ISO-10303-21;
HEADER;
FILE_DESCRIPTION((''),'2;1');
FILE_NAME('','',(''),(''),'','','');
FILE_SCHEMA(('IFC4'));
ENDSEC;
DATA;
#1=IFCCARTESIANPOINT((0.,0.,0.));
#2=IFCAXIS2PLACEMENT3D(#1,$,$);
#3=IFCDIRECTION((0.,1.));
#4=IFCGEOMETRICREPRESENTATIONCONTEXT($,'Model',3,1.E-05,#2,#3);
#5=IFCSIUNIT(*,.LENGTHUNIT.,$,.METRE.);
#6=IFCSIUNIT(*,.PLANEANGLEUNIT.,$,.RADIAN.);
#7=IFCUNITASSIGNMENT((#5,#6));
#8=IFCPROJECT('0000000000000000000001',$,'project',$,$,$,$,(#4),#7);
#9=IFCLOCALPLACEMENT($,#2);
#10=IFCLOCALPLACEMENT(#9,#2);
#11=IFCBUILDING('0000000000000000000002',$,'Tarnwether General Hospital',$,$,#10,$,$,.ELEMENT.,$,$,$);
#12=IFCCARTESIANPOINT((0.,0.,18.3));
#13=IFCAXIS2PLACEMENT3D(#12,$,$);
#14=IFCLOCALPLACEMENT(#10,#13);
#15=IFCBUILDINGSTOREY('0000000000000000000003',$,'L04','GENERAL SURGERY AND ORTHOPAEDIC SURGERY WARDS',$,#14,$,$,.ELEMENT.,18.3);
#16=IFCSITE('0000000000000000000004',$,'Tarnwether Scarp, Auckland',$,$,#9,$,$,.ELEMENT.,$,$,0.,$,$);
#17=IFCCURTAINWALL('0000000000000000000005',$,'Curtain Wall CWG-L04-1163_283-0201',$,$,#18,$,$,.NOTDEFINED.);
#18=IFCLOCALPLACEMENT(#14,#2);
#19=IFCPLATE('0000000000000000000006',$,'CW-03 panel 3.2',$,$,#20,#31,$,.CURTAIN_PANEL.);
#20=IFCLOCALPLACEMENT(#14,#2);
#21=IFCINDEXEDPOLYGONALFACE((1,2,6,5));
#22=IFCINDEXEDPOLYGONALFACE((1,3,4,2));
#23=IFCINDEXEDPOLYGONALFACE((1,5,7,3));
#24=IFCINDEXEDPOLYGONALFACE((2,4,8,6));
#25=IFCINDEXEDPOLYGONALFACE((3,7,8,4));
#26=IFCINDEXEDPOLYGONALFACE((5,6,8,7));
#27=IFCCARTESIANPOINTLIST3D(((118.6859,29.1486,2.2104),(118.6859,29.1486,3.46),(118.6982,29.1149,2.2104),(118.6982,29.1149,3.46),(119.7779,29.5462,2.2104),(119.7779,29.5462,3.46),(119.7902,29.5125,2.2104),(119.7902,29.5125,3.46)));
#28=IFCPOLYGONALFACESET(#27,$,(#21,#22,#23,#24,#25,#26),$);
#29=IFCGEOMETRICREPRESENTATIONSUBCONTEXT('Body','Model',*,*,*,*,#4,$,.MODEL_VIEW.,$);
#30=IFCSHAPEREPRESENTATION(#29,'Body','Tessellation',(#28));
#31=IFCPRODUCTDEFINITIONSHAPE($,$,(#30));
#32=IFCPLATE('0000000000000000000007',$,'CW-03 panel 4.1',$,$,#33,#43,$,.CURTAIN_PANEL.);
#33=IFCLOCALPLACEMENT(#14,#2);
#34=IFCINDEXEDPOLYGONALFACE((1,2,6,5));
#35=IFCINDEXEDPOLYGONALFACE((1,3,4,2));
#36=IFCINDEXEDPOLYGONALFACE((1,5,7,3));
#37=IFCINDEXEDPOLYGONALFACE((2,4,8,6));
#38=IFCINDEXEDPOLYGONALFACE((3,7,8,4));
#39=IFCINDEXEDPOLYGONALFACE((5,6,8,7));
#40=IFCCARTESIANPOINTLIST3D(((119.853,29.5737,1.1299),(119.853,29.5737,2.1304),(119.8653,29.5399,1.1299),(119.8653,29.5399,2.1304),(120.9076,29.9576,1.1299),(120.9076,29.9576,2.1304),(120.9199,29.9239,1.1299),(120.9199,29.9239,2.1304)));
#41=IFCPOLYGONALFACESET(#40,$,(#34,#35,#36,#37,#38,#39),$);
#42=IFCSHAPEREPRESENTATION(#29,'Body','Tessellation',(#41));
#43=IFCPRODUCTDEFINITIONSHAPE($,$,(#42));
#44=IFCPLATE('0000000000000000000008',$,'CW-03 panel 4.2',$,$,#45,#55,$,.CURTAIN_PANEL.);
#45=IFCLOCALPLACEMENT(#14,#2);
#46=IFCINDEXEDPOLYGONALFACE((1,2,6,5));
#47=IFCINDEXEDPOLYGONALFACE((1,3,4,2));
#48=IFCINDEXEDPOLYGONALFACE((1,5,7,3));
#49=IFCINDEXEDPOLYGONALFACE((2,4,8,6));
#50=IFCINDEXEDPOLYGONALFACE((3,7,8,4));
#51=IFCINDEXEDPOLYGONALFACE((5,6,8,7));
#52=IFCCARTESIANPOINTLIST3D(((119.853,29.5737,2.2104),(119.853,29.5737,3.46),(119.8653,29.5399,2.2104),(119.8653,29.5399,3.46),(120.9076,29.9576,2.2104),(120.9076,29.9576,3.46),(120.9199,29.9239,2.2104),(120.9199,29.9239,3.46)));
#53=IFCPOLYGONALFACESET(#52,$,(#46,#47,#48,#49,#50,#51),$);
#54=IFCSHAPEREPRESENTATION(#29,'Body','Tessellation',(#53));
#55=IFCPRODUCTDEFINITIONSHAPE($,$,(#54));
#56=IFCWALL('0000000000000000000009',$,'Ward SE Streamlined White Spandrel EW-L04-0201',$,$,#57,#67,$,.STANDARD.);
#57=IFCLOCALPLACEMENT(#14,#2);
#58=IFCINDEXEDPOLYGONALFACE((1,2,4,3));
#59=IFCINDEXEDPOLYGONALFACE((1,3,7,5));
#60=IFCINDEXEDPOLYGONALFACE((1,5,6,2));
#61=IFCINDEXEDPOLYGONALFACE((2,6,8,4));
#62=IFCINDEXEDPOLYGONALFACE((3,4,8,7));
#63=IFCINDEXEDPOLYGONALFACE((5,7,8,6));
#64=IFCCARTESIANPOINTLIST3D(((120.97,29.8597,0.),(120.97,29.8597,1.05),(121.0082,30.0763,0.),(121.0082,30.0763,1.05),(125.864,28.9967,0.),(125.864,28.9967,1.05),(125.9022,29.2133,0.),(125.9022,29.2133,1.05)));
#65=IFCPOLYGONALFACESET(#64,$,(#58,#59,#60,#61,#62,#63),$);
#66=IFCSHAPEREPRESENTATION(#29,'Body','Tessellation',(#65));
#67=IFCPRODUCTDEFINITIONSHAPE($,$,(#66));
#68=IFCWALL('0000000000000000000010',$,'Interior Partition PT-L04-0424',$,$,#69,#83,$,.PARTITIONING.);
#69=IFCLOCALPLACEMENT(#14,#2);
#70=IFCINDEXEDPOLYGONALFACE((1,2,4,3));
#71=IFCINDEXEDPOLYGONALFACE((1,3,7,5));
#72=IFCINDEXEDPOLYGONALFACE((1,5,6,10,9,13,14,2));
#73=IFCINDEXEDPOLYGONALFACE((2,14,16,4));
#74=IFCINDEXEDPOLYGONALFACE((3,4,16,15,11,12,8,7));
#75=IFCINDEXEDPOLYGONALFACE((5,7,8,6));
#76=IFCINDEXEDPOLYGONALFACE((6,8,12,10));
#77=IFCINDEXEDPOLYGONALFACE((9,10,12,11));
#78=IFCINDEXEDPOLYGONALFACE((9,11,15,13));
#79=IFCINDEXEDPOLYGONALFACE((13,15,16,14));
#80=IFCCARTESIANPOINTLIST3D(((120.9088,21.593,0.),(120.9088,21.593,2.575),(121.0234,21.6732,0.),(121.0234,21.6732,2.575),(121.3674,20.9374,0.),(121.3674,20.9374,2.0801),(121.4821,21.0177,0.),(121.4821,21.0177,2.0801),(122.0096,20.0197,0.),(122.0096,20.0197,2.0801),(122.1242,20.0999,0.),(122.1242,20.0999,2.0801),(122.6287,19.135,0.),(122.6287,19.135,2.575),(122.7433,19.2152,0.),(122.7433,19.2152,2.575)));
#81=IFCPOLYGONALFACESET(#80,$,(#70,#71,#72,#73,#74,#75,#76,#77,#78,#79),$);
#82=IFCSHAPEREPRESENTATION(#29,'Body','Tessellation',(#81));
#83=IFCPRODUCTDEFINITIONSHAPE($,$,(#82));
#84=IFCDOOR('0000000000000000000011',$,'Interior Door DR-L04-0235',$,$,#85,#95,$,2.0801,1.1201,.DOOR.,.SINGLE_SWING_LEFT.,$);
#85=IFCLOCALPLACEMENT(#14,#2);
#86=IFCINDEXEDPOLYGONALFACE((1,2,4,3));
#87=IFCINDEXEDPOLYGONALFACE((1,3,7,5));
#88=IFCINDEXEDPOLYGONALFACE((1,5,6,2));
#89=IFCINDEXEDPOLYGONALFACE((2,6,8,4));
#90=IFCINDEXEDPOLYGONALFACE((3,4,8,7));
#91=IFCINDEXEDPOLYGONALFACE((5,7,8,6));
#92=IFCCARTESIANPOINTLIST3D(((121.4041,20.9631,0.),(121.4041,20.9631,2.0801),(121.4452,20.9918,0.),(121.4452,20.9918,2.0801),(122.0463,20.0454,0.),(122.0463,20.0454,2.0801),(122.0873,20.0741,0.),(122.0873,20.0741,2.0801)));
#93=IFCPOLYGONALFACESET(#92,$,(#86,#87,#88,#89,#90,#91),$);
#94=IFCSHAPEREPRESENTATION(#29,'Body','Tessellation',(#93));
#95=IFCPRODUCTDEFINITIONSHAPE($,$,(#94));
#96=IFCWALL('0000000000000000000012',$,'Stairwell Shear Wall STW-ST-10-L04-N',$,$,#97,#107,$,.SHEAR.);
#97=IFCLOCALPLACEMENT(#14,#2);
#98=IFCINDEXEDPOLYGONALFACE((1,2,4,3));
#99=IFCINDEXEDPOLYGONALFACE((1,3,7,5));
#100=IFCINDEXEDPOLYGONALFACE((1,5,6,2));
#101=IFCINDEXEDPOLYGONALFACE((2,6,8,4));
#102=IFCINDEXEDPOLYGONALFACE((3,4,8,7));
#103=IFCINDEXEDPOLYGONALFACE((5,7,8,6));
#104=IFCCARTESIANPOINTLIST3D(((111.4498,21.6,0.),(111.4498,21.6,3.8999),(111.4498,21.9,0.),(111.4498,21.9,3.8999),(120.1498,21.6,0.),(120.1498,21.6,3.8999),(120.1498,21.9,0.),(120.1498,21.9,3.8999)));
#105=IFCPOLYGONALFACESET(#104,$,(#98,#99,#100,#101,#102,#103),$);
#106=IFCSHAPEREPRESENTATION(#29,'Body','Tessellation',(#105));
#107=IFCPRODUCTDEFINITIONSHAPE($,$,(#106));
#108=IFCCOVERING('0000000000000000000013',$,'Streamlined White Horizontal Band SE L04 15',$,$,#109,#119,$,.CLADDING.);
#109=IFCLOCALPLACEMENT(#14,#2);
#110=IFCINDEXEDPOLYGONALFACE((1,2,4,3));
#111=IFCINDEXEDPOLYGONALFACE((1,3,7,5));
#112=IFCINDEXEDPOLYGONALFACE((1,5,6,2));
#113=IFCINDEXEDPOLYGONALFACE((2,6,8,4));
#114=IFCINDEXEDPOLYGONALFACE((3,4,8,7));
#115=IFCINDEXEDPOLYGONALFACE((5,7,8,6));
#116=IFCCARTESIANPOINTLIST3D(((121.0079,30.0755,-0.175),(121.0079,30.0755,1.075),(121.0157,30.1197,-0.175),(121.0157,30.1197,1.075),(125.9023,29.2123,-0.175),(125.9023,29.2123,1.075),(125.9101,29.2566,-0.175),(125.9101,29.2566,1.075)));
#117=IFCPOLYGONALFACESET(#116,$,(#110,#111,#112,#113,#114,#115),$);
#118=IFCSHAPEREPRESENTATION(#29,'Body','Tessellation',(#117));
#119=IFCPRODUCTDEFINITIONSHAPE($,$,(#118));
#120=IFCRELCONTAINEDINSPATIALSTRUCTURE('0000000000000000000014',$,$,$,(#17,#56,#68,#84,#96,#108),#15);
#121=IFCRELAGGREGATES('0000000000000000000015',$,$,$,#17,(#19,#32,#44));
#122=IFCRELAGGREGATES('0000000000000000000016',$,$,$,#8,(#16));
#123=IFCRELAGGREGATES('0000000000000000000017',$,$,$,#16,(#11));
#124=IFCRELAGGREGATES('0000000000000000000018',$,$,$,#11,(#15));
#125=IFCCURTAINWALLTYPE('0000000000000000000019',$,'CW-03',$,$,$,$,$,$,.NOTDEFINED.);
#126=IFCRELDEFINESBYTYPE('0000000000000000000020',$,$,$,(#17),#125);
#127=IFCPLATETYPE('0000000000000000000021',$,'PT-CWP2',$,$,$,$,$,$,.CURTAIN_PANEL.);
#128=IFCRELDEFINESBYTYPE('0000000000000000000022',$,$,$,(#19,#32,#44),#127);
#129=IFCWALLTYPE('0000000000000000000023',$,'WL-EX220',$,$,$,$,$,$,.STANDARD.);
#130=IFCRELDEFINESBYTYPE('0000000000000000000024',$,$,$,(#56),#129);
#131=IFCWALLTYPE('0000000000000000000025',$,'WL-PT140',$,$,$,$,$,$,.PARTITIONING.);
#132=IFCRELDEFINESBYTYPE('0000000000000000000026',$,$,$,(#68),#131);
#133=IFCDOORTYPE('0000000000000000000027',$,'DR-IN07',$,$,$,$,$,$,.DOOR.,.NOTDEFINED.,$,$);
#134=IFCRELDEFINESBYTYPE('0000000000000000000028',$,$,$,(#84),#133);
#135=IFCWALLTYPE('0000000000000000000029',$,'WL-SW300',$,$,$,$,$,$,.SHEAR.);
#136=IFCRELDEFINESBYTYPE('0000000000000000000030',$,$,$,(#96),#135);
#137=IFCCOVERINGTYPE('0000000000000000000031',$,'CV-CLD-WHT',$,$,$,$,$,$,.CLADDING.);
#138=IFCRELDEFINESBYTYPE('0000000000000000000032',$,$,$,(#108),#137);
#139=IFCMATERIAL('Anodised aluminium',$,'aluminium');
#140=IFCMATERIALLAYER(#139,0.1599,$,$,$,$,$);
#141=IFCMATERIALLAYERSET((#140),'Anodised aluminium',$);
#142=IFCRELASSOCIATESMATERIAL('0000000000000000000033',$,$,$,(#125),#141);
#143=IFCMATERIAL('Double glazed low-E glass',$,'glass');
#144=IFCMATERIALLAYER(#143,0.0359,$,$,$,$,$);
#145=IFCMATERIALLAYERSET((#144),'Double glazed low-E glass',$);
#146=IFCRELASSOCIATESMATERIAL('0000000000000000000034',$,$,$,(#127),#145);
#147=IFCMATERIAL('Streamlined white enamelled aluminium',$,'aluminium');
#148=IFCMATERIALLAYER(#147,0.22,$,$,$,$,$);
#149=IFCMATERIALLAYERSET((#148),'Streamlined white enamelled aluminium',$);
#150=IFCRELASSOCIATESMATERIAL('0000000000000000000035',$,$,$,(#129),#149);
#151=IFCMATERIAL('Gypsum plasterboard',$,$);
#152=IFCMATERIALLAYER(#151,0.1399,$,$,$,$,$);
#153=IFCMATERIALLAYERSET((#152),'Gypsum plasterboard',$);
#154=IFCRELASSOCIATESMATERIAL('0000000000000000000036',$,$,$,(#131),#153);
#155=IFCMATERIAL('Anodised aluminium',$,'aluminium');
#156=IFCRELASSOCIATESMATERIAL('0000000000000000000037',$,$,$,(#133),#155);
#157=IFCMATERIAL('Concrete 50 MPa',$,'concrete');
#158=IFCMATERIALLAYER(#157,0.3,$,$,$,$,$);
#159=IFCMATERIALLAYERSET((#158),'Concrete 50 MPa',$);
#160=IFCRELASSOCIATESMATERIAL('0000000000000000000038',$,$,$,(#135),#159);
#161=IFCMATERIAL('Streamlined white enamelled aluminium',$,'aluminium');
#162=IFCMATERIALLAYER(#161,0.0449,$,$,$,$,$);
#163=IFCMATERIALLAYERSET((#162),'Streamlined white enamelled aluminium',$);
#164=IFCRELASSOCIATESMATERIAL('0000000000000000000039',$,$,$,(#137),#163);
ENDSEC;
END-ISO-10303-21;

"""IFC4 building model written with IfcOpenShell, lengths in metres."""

from ifc_helpers import new_model, si_unit, direction, frame, frame_2d, origin, origin_2d, place, context, subcontext, project, spatial, rectangle, extrude, material, layer, layer_set, type_object, element, fill, aggregate, save


model = new_model("IFC4")

# Units and contexts
model_context = context("Model", 3, precision=1e-05, world=origin(), true_north=direction((0.0, 1.0)))
body_context = subcontext(model_context, "Body", "Model", "MODEL_VIEW")
ifc_project = project(units=[si_unit("LENGTHUNIT", "METRE"), si_unit("PLANEANGLEUNIT", "RADIAN")], contexts=[model_context])

# Site, building, storey
site_placement = place(None, origin())
site = spatial("IfcSite", under=ifc_project, at=site_placement, Name="Tarnwether Scarp, Auckland", CompositionType="ELEMENT", RefElevation=0.0)
building_placement = place(site_placement, origin())
building = spatial("IfcBuilding", under=site, at=building_placement, Name="Tarnwether General Hospital", CompositionType="ELEMENT")
storey_placement = place(building_placement, frame((0.0, 0.0, 18.3)))
storey = spatial("IfcBuildingStorey", under=building, at=storey_placement, Name="L04", Description="GENERAL SURGERY AND ORTHOPAEDIC SURGERY WARDS", CompositionType="ELEMENT", Elevation=18.3)

# Curtain wall
ifc_material_1 = material(Name="Anodised aluminium", Category="aluminium")
ifc_layer_1 = layer(ifc_material_1, 0.1599)
ifc_layer_set_1 = layer_set([ifc_layer_1], Name="Anodised aluminium")
curtain_wall_type = type_object("IfcCurtainWallType", Name="CW-03", PredefinedType="NOTDEFINED", material=ifc_layer_set_1)
curtain_wall_1_placement = place(storey_placement, origin())
curtain_wall_1 = element("IfcCurtainWall", 1, at=curtain_wall_1_placement, inside=storey, type_object=curtain_wall_type, Name="Curtain Wall CWG-L04-1163_283-0201", PredefinedType="NOTDEFINED")

# Plates
ifc_material_2 = material(Name="Double glazed low-E glass", Category="glass")
ifc_layer_2 = layer(ifc_material_2, 0.0359)
ifc_layer_set_2 = layer_set([ifc_layer_2], Name="Double glazed low-E glass")
plate_type_1 = type_object("IfcPlateType", Name="PT-CWP2", PredefinedType="CURTAIN_PANEL", material=ifc_layer_set_2)
plate_1_placement = place(storey_placement, frame((119.238, 29.3306, 2.2104), z_axis=(0.0, 0.0, 1.0), x_axis=(0.939652, 0.342131, 0.0)))
plate_1 = element("IfcPlate", 2, at=plate_1_placement, type_object=plate_type_1, Name="CW-03 panel 3.2", PredefinedType="CURTAIN_PANEL", context=body_context, shape_type="SweptSolid", body=[
    extrude(rectangle(XDim=1.1621, YDim=0.0359, at=origin_2d()), origin(), (0.0, 0.0, 1.0), 1.2495),
])
plate_2_placement = place(storey_placement, frame((120.3865, 29.7488, 1.1299), z_axis=(0.0, 0.0, 1.0), x_axis=(0.939652, 0.342131, 0.0)))
plate_2 = element("IfcPlate", 3, at=plate_2_placement, type_object=plate_type_1, Name="CW-03 panel 4.1", PredefinedType="CURTAIN_PANEL", context=body_context, shape_type="SweptSolid", body=[
    extrude(rectangle(XDim=1.1223, YDim=0.0359, at=origin_2d()), origin(), (0.0, 0.0, 1.0), 1.0005),
])
plate_3_placement = place(storey_placement, frame((120.3865, 29.7488, 2.2104), z_axis=(0.0, 0.0, 1.0), x_axis=(0.939652, 0.342131, 0.0)))
plate_3 = element("IfcPlate", 4, at=plate_3_placement, type_object=plate_type_1, Name="CW-03 panel 4.2", PredefinedType="CURTAIN_PANEL", context=body_context, shape_type="SweptSolid", body=[
    extrude(rectangle(XDim=1.1223, YDim=0.0359, at=origin_2d()), origin(), (0.0, 0.0, 1.0), 1.2495),
])
aggregate(curtain_wall_1, [plate_1, plate_2, plate_3])

# Wall
ifc_material_3 = material(Name="Streamlined white enamelled aluminium", Category="aluminium")
ifc_layer_3 = layer(ifc_material_3, 0.22)
ifc_layer_set_3 = layer_set([ifc_layer_3], Name="Streamlined white enamelled aluminium")
wall_type_1 = type_object("IfcWallType", Name="WL-EX220", PredefinedType="STANDARD", material=ifc_layer_set_3)
wall_1_placement = place(storey_placement, frame((120.989, 29.968, 0.0), z_axis=(0.0, 0.0, 1.0), x_axis=(0.984805, -0.173665, 0.0)))
element("IfcWall", 5, at=wall_1_placement, inside=storey, type_object=wall_type_1, Name="Ward SE Streamlined White Spandrel EW-L04-0201", PredefinedType="STANDARD", context=body_context, shape_type="SweptSolid", body=[
    extrude(rectangle(XDim=4.9695, YDim=0.22, at=frame_2d((2.4849, 0.0))), origin(), (0.0, 0.0, 1.0), 1.05),
])

# Wall, opening, door
ifc_material_4 = material(Name="Gypsum plasterboard")
ifc_layer_4 = layer(ifc_material_4, 0.1399)
ifc_layer_set_4 = layer_set([ifc_layer_4], Name="Gypsum plasterboard")
wall_type_2 = type_object("IfcWallType", Name="WL-PT140", PredefinedType="PARTITIONING", material=ifc_layer_set_4)
wall_2_placement = place(storey_placement, frame((120.9661, 21.6331, 0.0), z_axis=(0.0, 0.0, 1.0), x_axis=(0.57332, -0.819331, 0.0)))
wall_2 = element("IfcWall", 6, at=wall_2_placement, inside=storey, type_object=wall_type_2, Name="Interior Partition PT-L04-0424", PredefinedType="PARTITIONING", context=body_context, shape_type="SweptSolid", body=[
    extrude(rectangle(XDim=3.0, YDim=0.1399, at=frame_2d((1.5, 0.0))), origin(), (0.0, 0.0, 1.0), 2.575),
])
opening_placement = place(wall_2_placement, frame((0.8, 0.0, 0.0)))
opening = element("IfcOpeningElement", 7, at=opening_placement, cuts=wall_2, PredefinedType="OPENING", context=body_context, shape_type="SweptSolid", body=[
    extrude(rectangle(XDim=1.1201, YDim=2.0801, at=frame_2d((0.5601, 1.04))), frame((0.0, 0.0801, 0.0), z_axis=(0.0, -1.0, 0.0), x_axis=(1.0, 0.0, 0.0)), (0.0, 0.0, 1.0), 0.1599),
])
ifc_material_5 = material(Name="Anodised aluminium", Category="aluminium")
door_type = type_object("IfcDoorType", Name="DR-IN07", OperationType="NOTDEFINED", PredefinedType="DOOR", material=ifc_material_5)
door_placement = place(opening_placement, origin())
door = element("IfcDoor", 8, at=door_placement, inside=storey, type_object=door_type, Name="Interior Door DR-L04-0235", OperationType="SINGLE_SWING_LEFT", OverallHeight=2.0801, OverallWidth=1.1201, PredefinedType="DOOR", context=body_context, shape_type="SweptSolid", body=[
    extrude(rectangle(XDim=1.1201, YDim=2.0801, at=frame_2d((0.5601, 1.04))), frame((0.0, 0.0249, 0.0), z_axis=(0.0, -1.0, 0.0), x_axis=(1.0, 0.0, 0.0)), (0.0, 0.0, 1.0), 0.05),
])
fill(opening, door)

# Wall
ifc_material_6 = material(Name="Concrete 50 MPa", Category="concrete")
ifc_layer_5 = layer(ifc_material_6, 0.3)
ifc_layer_set_5 = layer_set([ifc_layer_5], Name="Concrete 50 MPa")
wall_type_3 = type_object("IfcWallType", Name="WL-SW300", PredefinedType="SHEAR", material=ifc_layer_set_5)
wall_3_placement = place(storey_placement, frame((120.1499, 21.75, 0.0), z_axis=(0.0, 0.0, 1.0), x_axis=(-1.0, 0.0, 0.0)))
element("IfcWall", 9, at=wall_3_placement, inside=storey, type_object=wall_type_3, Name="Stairwell Shear Wall STW-ST-10-L04-N", PredefinedType="SHEAR", context=body_context, shape_type="SweptSolid", body=[
    extrude(rectangle(XDim=8.7, YDim=0.3, at=frame_2d((4.3501, 0.0))), origin(), (0.0, 0.0, 1.0), 3.8999),
])

# Covering
ifc_material_7 = material(Name="Streamlined white enamelled aluminium", Category="aluminium")
ifc_layer_6 = layer(ifc_material_7, 0.0449)
ifc_layer_set_6 = layer_set([ifc_layer_6], Name="Streamlined white enamelled aluminium")
covering_type = type_object("IfcCoveringType", Name="CV-CLD-WHT", PredefinedType="CLADDING", material=ifc_layer_set_6)
covering_placement = place(storey_placement, frame((123.459, 29.666, -0.175), z_axis=(0.0, 0.0, 1.0), x_axis=(0.984805, -0.173665, 0.0)))
element("IfcCovering", 10, at=covering_placement, inside=storey, type_object=covering_type, Name="Streamlined White Horizontal Band SE L04 15", PredefinedType="CLADDING", context=body_context, shape_type="SweptSolid", body=[
    extrude(rectangle(XDim=4.97, YDim=0.0449, at=origin_2d()), origin(), (0.0, 0.0, 1.0), 1.25),
])

save(model, "model.ifc")
